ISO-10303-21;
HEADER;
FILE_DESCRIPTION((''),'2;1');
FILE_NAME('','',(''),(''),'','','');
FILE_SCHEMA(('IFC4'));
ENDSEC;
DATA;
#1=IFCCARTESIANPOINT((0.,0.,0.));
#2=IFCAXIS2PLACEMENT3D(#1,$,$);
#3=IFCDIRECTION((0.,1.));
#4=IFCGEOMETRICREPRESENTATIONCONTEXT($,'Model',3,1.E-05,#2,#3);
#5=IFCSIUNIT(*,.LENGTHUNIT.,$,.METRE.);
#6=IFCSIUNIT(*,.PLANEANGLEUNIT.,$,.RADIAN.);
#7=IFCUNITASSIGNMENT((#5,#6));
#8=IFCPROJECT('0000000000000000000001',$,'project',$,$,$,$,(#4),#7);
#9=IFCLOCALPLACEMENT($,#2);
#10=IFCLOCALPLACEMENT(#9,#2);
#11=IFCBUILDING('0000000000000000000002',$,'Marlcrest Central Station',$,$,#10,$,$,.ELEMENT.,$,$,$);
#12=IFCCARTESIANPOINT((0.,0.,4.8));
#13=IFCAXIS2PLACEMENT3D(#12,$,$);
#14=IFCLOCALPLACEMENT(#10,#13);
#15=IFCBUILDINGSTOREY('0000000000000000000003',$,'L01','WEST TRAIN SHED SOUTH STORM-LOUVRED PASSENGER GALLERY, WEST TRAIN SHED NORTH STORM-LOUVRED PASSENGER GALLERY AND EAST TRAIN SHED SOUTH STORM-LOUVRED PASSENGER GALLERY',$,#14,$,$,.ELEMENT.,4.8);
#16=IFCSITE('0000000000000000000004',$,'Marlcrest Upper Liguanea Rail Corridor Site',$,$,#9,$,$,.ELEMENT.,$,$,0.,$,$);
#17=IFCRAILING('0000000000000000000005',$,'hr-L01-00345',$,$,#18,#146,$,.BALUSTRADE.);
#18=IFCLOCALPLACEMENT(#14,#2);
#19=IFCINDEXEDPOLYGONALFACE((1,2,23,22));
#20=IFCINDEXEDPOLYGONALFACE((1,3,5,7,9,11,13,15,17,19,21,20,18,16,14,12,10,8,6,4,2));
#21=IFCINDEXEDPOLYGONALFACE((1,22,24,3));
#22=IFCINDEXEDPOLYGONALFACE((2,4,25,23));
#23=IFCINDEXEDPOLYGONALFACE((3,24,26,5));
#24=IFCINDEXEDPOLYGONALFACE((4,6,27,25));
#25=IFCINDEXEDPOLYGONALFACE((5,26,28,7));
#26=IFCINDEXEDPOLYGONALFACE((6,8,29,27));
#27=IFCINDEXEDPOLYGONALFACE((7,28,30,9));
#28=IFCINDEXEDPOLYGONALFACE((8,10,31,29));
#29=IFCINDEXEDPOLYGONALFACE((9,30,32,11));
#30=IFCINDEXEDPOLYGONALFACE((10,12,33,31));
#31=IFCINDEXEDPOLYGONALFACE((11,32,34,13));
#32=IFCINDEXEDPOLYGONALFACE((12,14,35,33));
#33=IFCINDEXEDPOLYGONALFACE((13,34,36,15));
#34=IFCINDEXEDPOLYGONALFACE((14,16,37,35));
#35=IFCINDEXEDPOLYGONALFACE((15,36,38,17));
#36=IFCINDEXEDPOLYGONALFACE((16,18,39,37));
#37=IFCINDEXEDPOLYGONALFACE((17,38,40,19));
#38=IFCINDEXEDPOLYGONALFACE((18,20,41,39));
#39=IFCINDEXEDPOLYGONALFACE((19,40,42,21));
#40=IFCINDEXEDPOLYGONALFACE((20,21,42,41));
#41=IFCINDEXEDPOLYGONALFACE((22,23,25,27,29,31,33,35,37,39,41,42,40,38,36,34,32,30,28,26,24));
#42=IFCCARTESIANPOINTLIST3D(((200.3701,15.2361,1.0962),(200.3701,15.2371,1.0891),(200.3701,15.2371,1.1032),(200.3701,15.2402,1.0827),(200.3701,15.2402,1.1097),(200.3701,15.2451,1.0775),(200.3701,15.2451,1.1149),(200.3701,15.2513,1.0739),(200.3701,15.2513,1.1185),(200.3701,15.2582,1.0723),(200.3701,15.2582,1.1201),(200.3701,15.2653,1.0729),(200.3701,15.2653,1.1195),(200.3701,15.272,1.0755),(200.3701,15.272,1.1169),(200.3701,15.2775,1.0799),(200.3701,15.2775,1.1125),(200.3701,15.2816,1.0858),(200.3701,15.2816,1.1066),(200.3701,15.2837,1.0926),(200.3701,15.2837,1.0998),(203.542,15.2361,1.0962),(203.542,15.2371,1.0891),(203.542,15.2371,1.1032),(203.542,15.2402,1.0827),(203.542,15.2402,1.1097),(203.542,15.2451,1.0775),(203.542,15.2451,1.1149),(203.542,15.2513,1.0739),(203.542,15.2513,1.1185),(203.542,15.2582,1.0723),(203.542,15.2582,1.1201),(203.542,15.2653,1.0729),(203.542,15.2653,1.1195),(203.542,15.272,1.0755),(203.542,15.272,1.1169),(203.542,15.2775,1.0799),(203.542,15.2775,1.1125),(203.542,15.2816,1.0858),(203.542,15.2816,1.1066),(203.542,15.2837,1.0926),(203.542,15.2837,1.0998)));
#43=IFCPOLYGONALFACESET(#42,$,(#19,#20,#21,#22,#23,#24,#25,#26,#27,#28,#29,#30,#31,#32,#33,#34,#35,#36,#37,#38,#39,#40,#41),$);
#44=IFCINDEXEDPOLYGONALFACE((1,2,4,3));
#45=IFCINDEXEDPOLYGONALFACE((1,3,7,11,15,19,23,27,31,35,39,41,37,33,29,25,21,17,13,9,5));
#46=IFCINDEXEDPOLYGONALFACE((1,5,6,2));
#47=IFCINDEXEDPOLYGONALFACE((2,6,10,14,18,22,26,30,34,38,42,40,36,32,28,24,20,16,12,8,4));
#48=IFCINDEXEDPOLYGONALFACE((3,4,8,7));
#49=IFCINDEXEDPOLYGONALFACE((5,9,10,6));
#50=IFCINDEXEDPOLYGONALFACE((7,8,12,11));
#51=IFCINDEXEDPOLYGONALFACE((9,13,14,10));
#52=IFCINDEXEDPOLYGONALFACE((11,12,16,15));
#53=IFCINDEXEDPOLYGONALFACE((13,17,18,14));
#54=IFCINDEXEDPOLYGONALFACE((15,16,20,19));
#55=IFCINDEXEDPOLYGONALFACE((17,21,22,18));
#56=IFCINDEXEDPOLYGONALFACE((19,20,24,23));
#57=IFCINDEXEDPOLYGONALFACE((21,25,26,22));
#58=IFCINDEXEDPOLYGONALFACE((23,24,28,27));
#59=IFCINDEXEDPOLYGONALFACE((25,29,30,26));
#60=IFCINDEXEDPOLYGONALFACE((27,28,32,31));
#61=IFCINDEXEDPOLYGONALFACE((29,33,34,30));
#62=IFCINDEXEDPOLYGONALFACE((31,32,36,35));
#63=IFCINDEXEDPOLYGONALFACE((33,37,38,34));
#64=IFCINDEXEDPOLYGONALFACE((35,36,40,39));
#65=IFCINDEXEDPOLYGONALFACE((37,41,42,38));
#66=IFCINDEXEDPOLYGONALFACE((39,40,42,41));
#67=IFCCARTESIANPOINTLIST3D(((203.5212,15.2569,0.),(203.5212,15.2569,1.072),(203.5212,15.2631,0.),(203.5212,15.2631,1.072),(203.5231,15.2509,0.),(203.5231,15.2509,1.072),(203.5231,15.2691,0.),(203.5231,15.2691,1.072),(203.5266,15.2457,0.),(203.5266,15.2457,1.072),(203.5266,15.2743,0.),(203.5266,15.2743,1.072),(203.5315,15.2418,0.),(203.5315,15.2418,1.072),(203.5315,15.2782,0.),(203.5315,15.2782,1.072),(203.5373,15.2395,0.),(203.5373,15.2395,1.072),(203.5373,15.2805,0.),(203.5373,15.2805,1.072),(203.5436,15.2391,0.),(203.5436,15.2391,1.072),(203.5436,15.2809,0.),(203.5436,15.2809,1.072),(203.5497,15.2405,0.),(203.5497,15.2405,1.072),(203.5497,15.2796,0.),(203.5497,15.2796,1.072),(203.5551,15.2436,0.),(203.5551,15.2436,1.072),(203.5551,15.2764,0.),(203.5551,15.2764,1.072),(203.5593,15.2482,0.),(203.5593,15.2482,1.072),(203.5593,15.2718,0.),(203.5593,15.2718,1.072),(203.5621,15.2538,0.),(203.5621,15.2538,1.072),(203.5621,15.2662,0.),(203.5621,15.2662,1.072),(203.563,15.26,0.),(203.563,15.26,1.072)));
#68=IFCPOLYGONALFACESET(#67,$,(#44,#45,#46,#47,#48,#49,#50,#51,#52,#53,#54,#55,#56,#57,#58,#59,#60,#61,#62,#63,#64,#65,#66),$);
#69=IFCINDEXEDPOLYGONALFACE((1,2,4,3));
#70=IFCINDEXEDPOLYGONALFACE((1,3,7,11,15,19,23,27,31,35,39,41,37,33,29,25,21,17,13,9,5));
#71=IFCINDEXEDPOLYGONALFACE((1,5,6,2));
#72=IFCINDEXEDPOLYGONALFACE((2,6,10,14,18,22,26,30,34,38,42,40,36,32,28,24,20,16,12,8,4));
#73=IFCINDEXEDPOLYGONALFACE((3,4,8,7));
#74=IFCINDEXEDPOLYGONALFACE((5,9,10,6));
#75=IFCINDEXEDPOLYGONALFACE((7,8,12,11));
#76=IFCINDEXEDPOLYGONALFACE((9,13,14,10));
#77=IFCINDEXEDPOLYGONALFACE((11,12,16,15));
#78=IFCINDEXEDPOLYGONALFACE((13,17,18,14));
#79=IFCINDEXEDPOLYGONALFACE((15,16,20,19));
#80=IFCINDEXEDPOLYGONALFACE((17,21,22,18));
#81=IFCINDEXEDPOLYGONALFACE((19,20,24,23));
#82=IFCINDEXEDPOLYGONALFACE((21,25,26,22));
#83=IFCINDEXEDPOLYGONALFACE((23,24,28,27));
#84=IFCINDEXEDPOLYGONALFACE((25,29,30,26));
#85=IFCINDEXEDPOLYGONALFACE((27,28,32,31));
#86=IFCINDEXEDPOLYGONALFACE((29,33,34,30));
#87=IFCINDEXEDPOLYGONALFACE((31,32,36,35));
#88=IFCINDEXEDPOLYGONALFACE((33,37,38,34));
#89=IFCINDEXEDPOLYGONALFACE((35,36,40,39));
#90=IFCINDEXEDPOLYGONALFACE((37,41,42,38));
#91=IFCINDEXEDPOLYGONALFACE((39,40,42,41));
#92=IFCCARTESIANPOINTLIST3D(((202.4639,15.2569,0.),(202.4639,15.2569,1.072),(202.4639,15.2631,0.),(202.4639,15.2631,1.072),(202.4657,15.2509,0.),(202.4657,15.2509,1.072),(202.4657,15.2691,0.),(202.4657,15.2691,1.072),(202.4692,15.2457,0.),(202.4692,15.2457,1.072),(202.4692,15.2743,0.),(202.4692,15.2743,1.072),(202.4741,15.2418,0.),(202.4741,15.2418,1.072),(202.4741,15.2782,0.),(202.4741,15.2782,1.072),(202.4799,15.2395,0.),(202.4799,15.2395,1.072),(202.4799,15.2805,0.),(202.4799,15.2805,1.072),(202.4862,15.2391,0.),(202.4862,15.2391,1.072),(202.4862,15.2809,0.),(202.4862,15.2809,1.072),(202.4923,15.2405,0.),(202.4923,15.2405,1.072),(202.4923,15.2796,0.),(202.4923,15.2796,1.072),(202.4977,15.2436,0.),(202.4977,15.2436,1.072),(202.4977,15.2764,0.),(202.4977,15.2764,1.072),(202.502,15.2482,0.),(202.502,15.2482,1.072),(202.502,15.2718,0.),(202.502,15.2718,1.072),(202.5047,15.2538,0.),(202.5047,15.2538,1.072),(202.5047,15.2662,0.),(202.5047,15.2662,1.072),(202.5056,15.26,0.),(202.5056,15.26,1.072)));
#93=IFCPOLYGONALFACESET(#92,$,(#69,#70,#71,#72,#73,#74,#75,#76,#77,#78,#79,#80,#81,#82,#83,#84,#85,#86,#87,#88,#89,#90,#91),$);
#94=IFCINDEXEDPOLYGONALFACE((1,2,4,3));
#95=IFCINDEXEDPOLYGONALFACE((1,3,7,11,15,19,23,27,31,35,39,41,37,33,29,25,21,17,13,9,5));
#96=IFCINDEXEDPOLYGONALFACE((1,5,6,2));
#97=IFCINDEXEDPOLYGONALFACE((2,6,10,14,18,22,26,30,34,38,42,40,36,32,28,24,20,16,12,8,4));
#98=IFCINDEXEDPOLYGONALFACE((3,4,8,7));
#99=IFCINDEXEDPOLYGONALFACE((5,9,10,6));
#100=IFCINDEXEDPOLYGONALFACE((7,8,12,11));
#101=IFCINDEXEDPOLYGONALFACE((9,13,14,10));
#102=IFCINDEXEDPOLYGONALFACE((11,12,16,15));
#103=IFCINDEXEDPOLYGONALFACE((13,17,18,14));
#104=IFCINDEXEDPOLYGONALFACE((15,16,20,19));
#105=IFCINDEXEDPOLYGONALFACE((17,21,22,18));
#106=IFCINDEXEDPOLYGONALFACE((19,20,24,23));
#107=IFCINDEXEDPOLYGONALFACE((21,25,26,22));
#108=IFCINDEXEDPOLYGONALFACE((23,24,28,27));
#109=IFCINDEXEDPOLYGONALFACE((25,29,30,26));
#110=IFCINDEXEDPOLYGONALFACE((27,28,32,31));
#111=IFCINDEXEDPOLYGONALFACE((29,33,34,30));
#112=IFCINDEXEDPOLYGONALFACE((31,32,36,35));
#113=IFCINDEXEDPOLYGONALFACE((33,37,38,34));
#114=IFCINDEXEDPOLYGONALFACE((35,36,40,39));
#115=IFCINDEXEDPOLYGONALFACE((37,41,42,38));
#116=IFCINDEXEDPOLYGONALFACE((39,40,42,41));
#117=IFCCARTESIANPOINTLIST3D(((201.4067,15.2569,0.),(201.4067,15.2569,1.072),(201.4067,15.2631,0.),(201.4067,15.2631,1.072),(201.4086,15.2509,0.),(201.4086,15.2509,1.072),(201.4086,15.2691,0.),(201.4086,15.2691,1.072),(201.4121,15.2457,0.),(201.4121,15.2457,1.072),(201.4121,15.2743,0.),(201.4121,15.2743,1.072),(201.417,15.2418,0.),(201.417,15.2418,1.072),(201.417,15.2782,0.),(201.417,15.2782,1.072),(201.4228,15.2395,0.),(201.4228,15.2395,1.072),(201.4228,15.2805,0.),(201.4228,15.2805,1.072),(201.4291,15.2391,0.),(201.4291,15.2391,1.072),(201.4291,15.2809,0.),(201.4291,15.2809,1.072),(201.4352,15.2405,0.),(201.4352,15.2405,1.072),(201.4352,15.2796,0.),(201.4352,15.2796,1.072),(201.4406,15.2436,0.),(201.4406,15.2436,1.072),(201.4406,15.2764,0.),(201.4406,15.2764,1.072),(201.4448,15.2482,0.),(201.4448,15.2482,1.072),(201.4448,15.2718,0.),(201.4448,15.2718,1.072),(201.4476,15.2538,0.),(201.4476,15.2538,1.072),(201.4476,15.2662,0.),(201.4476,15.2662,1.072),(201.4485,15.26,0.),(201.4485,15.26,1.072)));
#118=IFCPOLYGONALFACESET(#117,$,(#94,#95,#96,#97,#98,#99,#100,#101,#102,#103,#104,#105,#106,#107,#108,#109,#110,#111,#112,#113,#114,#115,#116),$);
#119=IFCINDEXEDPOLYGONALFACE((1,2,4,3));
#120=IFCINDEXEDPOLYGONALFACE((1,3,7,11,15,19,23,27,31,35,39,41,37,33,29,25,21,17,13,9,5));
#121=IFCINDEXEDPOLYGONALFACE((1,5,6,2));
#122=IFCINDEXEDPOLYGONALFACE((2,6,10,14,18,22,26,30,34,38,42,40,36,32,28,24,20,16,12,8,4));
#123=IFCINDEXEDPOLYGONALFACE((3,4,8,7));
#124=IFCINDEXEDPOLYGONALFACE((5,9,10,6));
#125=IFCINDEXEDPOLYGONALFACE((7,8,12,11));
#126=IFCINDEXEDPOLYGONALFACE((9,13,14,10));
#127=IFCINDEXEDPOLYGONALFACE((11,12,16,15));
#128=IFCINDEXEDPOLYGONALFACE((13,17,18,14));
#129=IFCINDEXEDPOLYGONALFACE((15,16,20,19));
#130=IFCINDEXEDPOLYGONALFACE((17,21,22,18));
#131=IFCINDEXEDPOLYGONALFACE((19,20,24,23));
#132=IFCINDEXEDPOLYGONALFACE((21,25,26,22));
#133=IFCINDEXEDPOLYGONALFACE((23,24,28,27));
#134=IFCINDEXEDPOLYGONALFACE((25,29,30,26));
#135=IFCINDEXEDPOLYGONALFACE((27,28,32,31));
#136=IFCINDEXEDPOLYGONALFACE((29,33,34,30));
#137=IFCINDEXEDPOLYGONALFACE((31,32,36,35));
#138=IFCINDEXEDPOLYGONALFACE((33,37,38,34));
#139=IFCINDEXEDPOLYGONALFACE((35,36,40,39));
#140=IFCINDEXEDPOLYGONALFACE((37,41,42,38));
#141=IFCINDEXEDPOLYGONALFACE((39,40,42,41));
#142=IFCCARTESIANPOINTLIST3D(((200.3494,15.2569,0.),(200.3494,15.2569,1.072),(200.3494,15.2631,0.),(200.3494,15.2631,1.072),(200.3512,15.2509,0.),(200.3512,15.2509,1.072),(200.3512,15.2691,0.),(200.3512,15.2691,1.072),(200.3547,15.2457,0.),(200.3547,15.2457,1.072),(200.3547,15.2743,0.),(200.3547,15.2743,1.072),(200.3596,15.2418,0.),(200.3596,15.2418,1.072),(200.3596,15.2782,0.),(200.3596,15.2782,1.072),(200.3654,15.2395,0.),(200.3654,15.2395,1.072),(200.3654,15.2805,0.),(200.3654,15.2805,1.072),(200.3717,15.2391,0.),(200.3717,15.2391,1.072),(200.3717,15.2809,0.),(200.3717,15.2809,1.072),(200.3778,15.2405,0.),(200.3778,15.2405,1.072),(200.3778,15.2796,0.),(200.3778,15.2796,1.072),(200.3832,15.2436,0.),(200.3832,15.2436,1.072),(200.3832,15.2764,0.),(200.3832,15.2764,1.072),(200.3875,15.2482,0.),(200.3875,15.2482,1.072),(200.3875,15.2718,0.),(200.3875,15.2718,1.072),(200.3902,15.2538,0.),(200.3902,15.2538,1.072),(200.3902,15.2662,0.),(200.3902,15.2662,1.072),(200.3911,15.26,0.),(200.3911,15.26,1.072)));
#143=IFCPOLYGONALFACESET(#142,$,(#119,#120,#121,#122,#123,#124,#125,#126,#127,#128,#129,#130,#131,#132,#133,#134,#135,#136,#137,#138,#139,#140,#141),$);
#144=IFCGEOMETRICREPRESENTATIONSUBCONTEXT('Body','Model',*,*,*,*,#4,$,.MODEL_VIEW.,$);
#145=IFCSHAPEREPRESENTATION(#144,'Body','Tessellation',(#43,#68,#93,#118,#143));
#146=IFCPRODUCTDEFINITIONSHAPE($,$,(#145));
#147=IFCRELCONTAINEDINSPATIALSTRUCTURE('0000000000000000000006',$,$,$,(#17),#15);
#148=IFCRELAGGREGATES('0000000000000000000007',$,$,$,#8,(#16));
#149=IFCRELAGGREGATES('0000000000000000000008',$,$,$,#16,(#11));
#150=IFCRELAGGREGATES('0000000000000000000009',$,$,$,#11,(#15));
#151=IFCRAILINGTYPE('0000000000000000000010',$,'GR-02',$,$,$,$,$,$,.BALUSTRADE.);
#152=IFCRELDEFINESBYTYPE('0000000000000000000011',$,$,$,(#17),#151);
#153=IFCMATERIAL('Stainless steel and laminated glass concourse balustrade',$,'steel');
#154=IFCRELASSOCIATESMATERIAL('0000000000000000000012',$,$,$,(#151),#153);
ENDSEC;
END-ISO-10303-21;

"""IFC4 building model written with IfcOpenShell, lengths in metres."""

from ifc_helpers import new_model, si_unit, direction, frame, origin, origin_2d, place, context, subcontext, project, spatial, circle, extrude, material, type_object, element, save


model = new_model("IFC4")

# Units and contexts
model_context = context("Model", 3, precision=1e-05, world=origin(), true_north=direction((0.0, 1.0)))
body_context = subcontext(model_context, "Body", "Model", "MODEL_VIEW")
ifc_project = project(units=[si_unit("LENGTHUNIT", "METRE"), si_unit("PLANEANGLEUNIT", "RADIAN")], contexts=[model_context])

# Site, building, storey
site_placement = place(None, origin())
site = spatial("IfcSite", under=ifc_project, at=site_placement, Name="Marlcrest Upper Liguanea Rail Corridor Site", CompositionType="ELEMENT", RefElevation=0.0)
building_placement = place(site_placement, origin())
building = spatial("IfcBuilding", under=site, at=building_placement, Name="Marlcrest Central Station", CompositionType="ELEMENT")
storey_placement = place(building_placement, frame((0.0, 0.0, 4.8)))
storey = spatial("IfcBuildingStorey", under=building, at=storey_placement, Name="L01", Description="WEST TRAIN SHED SOUTH STORM-LOUVRED PASSENGER GALLERY, WEST TRAIN SHED NORTH STORM-LOUVRED PASSENGER GALLERY AND EAST TRAIN SHED SOUTH STORM-LOUVRED PASSENGER GALLERY", CompositionType="ELEMENT", Elevation=4.8)

# Railing
ifc_material_1 = material(Name="Stainless steel and laminated glass concourse balustrade", Category="steel")
railing_type_1 = type_object("IfcRailingType", Name="GR-02", PredefinedType="BALUSTRADE", material=ifc_material_1)
railing_1_placement = place(storey_placement, frame((203.542, 15.26, 0.0)))
element("IfcRailing", 1, at=railing_1_placement, inside=storey, type_object=railing_type_1, Name="hr-L01-00345", PredefinedType="BALUSTRADE", context=body_context, shape_type="SweptSolid", body=[
    extrude(circle(Radius=0.0239, at=origin_2d()), frame((0.0, 0.0, 1.0962), z_axis=(-1.0, 0.0, 0.0), x_axis=(0.0, -1.0, 0.0)), (0.0, 0.0, 1.0), 3.1719),
    extrude(circle(Radius=0.021, at=origin_2d()), origin(), (0.0, 0.0, 1.0), 1.072),
    extrude(circle(Radius=0.021, at=origin_2d()), frame((-1.0574, 0.0, 0.0)), (0.0, 0.0, 1.0), 1.072),
    extrude(circle(Radius=0.021, at=origin_2d()), frame((-2.1145, 0.0, 0.0)), (0.0, 0.0, 1.0), 1.072),
    extrude(circle(Radius=0.021, at=origin_2d()), frame((-3.1719, 0.0, 0.0)), (0.0, 0.0, 1.0), 1.072),
])

save(model, "model.ifc")
